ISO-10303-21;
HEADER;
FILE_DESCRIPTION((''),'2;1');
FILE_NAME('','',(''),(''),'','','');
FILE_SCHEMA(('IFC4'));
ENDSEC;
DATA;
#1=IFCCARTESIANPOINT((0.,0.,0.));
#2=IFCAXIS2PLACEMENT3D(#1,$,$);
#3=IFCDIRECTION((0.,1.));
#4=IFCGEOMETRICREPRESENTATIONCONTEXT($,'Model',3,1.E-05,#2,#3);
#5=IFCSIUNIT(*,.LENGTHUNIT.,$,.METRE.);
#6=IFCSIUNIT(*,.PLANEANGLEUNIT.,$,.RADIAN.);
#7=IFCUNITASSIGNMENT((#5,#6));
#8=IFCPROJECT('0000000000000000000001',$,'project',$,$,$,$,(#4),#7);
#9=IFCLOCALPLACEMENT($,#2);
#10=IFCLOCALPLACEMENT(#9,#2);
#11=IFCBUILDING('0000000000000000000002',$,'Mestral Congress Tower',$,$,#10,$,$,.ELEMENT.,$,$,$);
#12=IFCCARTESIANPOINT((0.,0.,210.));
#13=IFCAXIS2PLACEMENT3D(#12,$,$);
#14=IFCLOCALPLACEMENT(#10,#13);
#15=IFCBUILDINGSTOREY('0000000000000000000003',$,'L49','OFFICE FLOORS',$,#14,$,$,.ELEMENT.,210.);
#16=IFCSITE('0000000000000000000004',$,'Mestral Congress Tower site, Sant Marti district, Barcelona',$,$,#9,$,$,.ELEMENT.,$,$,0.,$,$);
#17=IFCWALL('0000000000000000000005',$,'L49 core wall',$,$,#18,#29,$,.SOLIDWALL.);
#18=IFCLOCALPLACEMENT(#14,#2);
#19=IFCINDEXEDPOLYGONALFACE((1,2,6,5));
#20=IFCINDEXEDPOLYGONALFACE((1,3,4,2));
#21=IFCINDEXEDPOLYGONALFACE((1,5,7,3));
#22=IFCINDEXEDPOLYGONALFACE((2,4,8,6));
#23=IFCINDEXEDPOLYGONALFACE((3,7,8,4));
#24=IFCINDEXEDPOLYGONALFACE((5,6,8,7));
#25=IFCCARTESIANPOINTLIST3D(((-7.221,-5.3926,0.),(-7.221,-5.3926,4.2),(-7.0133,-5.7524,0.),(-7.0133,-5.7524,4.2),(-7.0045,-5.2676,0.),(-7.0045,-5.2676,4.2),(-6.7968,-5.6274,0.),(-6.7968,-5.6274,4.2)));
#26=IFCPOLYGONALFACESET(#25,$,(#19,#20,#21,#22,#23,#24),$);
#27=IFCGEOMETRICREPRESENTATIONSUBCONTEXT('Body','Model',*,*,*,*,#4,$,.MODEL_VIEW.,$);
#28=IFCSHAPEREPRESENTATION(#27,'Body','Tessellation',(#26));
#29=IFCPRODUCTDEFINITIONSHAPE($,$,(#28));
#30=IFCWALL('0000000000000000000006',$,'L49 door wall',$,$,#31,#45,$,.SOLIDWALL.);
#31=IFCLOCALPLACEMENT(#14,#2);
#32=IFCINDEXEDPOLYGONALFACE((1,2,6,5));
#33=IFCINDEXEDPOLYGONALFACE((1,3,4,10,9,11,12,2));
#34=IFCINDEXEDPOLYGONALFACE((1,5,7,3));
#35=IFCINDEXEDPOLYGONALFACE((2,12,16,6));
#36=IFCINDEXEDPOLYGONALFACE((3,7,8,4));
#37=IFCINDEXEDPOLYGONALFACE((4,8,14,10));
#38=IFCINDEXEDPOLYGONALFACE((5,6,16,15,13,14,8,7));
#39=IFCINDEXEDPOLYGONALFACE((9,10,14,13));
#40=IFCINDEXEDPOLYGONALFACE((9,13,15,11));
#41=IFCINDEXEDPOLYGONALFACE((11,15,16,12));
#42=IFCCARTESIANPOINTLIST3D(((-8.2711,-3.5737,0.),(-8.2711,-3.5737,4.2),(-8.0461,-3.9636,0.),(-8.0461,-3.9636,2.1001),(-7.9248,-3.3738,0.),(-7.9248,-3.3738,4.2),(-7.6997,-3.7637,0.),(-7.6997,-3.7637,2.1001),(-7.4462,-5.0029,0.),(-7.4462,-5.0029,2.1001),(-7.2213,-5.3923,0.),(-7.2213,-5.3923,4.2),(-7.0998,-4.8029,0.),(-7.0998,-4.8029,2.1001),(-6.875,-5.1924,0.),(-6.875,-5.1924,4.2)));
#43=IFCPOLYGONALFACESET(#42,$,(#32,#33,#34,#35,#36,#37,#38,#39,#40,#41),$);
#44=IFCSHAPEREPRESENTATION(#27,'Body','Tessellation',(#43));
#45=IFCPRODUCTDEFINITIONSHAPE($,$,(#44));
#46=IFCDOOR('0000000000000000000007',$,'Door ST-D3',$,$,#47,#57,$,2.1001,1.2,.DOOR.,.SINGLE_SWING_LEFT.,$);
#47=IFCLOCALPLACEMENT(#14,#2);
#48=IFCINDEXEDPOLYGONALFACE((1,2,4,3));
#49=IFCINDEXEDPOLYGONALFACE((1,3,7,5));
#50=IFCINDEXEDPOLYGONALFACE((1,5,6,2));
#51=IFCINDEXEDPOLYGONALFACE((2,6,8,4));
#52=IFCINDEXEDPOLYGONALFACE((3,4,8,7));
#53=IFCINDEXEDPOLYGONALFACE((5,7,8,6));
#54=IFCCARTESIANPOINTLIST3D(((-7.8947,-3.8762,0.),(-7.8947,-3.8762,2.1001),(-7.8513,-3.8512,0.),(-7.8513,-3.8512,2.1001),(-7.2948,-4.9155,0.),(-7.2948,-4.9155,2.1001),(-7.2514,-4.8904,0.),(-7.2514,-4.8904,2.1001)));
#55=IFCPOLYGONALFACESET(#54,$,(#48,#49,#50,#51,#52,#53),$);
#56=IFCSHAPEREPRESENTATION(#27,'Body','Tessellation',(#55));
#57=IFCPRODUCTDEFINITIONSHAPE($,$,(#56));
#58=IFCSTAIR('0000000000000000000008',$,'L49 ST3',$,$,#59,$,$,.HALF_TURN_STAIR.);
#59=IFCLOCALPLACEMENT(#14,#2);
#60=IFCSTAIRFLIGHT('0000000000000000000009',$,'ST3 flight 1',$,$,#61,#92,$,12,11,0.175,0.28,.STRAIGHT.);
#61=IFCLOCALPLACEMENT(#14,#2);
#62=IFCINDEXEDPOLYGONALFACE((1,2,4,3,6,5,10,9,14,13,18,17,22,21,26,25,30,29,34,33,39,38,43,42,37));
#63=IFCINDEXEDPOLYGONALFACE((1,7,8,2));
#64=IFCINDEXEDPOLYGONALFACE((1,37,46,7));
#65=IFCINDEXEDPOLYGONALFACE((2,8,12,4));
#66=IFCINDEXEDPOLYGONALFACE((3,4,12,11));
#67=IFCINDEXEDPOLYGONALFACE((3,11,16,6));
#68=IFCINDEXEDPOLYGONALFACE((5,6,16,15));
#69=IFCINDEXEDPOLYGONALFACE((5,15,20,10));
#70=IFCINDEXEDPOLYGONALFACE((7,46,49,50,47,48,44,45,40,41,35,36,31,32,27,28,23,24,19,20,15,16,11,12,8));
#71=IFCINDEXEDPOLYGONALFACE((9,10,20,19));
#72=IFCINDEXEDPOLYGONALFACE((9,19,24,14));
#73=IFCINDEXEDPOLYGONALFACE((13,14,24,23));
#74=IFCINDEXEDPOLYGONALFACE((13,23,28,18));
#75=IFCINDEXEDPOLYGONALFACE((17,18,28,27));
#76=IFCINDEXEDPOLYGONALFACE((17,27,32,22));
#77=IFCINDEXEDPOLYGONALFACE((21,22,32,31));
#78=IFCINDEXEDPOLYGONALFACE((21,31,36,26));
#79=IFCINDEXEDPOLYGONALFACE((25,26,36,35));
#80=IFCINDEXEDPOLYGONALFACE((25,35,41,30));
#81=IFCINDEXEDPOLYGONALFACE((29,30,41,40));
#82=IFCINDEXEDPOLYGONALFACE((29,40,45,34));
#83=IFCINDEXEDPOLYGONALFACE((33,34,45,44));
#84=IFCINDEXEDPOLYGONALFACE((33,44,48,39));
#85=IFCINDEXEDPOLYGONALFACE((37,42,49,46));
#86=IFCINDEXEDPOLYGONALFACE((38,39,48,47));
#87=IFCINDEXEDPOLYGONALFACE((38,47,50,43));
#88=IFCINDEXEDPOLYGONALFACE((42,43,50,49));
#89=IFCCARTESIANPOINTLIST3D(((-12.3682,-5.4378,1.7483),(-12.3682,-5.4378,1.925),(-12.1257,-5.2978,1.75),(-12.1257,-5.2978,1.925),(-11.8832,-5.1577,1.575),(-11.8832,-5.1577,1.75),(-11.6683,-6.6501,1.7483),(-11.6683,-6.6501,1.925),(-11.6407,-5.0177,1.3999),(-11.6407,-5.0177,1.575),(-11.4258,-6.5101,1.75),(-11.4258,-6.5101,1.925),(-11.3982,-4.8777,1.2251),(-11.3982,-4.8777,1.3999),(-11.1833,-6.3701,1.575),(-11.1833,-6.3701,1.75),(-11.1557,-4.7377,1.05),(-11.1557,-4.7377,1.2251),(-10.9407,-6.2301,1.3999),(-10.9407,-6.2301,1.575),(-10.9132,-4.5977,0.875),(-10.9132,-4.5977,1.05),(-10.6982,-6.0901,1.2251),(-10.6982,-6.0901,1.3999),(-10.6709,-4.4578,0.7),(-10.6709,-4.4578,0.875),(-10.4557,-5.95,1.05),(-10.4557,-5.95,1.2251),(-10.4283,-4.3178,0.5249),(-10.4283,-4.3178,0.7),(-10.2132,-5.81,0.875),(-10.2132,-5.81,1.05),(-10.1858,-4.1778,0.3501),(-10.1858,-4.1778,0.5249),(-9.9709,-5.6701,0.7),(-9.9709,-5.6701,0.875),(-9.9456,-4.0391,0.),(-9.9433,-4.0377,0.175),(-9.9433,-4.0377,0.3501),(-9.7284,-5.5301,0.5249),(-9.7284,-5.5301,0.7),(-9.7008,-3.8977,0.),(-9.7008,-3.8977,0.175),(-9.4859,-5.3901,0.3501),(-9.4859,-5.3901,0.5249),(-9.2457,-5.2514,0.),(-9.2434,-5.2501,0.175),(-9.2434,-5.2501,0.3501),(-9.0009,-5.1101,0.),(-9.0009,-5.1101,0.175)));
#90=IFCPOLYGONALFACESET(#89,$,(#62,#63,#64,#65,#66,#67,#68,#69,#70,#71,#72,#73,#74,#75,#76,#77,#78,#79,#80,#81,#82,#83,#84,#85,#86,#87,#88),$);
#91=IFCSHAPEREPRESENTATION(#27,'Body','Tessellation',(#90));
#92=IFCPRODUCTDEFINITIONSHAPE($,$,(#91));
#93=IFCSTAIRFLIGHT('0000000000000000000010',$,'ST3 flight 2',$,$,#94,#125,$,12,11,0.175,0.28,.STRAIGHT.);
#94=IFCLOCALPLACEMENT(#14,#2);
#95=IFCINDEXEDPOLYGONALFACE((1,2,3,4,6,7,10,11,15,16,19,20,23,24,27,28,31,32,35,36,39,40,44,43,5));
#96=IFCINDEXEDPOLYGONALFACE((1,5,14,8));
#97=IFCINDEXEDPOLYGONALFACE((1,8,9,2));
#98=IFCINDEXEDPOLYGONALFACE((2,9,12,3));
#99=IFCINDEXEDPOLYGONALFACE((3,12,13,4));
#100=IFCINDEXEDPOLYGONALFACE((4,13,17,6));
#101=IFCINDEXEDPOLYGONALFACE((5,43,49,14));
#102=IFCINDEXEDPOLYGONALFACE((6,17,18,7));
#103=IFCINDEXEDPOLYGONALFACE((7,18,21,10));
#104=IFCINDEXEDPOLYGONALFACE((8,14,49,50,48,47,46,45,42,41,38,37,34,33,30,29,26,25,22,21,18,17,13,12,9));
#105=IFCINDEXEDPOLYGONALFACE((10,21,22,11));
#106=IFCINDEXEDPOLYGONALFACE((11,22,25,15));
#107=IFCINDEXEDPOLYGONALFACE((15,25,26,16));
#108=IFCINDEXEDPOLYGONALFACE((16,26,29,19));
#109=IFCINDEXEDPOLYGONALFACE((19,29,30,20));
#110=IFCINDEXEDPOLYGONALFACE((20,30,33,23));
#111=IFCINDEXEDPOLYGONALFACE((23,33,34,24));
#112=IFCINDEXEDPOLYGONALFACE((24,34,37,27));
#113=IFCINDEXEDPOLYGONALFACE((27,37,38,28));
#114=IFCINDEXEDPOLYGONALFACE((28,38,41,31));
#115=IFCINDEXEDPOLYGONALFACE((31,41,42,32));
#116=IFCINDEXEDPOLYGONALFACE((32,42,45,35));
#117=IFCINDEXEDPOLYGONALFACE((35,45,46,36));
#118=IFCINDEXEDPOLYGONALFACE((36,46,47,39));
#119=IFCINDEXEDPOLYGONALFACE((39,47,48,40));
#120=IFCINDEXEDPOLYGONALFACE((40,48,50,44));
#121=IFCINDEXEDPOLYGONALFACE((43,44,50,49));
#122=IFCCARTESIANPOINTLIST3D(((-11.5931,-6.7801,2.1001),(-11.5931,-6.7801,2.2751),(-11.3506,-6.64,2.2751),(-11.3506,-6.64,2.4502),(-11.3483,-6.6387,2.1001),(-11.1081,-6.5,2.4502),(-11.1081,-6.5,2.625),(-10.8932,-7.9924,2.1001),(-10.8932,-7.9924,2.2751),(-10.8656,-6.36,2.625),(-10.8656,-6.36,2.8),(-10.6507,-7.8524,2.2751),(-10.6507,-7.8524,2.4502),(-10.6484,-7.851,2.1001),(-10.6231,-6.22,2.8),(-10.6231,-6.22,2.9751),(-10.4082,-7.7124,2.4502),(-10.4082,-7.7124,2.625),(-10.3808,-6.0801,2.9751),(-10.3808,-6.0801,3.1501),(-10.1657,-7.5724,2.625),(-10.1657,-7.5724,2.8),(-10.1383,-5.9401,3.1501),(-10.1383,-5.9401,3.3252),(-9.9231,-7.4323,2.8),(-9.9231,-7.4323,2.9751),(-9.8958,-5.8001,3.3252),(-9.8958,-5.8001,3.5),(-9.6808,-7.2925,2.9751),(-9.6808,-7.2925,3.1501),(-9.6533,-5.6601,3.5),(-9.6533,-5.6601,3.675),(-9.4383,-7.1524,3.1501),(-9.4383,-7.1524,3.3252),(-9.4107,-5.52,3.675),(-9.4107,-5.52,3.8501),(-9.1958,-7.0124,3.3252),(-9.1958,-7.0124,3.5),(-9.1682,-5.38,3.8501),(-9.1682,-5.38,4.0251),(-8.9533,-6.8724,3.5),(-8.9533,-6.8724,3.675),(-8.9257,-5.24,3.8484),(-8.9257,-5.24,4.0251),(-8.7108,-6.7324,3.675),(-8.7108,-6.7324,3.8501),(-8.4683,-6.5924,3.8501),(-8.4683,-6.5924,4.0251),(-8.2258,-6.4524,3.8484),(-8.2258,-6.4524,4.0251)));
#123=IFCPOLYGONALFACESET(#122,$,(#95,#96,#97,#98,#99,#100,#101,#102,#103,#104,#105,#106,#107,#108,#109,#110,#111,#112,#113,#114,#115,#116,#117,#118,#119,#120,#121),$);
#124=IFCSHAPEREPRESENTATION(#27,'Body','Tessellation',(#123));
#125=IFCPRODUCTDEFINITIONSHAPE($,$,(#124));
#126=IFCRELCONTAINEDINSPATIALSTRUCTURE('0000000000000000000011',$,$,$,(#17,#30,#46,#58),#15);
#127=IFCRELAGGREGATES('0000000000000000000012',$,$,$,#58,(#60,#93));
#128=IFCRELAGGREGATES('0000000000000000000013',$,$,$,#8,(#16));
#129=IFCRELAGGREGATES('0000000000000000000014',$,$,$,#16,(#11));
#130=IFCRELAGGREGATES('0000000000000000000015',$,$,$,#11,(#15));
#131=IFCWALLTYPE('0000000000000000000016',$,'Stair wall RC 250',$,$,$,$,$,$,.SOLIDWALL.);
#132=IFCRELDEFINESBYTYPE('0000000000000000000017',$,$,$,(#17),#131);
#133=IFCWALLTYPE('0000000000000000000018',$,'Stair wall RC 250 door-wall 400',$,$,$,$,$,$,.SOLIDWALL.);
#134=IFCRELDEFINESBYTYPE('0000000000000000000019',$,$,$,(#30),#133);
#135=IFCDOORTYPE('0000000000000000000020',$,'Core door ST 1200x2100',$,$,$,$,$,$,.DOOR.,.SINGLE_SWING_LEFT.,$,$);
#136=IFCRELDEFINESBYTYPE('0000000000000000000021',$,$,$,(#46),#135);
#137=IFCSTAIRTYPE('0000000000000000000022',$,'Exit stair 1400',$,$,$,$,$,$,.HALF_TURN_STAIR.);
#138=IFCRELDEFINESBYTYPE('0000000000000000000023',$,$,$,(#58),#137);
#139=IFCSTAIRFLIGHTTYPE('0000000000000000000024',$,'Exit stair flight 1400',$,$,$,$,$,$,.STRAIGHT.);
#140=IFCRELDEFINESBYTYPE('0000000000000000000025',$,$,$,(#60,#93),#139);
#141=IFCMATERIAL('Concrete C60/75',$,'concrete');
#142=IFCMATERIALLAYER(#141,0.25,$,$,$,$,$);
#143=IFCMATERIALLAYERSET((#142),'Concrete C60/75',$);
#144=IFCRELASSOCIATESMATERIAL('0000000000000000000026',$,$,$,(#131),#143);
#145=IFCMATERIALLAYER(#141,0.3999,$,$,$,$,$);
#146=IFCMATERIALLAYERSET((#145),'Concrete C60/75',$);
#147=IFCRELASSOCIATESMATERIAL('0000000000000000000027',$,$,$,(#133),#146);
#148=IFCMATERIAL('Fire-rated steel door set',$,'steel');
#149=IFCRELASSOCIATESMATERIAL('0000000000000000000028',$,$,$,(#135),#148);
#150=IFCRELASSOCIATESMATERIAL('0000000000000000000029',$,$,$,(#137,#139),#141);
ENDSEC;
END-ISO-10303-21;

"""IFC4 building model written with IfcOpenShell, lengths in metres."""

from ifc_helpers import new_model, si_unit, direction, frame, frame_2d, origin, place, context, subcontext, project, spatial, polyline, rectangle, outline, extrude, material, layer, layer_set, type_object, element, fill, aggregate, save


model = new_model("IFC4")

# Units and contexts
model_context = context("Model", 3, precision=1e-05, world=origin(), true_north=direction((0.0, 1.0)))
body_context = subcontext(model_context, "Body", "Model", "MODEL_VIEW")
ifc_project = project(units=[si_unit("LENGTHUNIT", "METRE"), si_unit("PLANEANGLEUNIT", "RADIAN")], contexts=[model_context])

# Site, building, storey
site_placement = place(None, origin())
site = spatial("IfcSite", under=ifc_project, at=site_placement, Name="Mestral Congress Tower site, Sant Marti district, Barcelona", CompositionType="ELEMENT", RefElevation=0.0)
building_placement = place(site_placement, origin())
building = spatial("IfcBuilding", under=site, at=building_placement, Name="Mestral Congress Tower", CompositionType="ELEMENT")
storey_placement = place(building_placement, frame((0.0, 0.0, 210.0)))
storey = spatial("IfcBuildingStorey", under=building, at=storey_placement, Name="L49", Description="OFFICE FLOORS", CompositionType="ELEMENT", Elevation=210.0)

# Shared definitions
ifc_material_1 = material(Name="Fire-rated steel door set", Category="steel")

# Shared definitions
ifc_material_2 = material(Name="Concrete C60/75", Category="concrete")

# Wall
ifc_layer_1 = layer(ifc_material_2, 0.25)
ifc_layer_set_1 = layer_set([ifc_layer_1], Name="Concrete C60/75")
wall_type_1 = type_object("IfcWallType", Name="Stair wall RC 250", PredefinedType="SOLIDWALL", material=ifc_layer_set_1)
wall_1_placement = place(storey_placement, frame((-6.905, -5.6899, 0.0), z_axis=(0.0, 0.0, 1.0), x_axis=(-0.499994, 0.866029, 0.0)))
element("IfcWall", 1, at=wall_1_placement, inside=storey, type_object=wall_type_1, Name="L49 core wall", PredefinedType="SOLIDWALL", context=body_context, shape_type="SweptSolid", body=[
    extrude(rectangle(XDim=0.4155, YDim=0.25, at=frame_2d((0.2078, 0.0))), origin(), (0.0, 0.0, 1.0), 4.2),
])

# Wall, opening, door
ifc_layer_2 = layer(ifc_material_2, 0.3999)
ifc_layer_set_2 = layer_set([ifc_layer_2], Name="Concrete C60/75")
wall_type_2 = type_object("IfcWallType", Name="Stair wall RC 250 door-wall 400", PredefinedType="SOLIDWALL", material=ifc_layer_set_2)
wall_2_placement = place(storey_placement, frame((-8.0979, -3.4739, 0.0), z_axis=(0.0, 0.0, 1.0), x_axis=(0.499941, -0.86606, 0.0)))
wall_2 = element("IfcWall", 2, at=wall_2_placement, inside=storey, type_object=wall_type_2, Name="L49 door wall", PredefinedType="SOLIDWALL", context=body_context, shape_type="SweptSolid", body=[
    extrude(rectangle(XDim=2.0999, YDim=0.3999, at=frame_2d((1.0498, 0.0))), origin(), (0.0, 0.0, 1.0), 4.2),
])
opening_1_placement = place(wall_2_placement, frame((0.45, 0.0, 0.0)))
opening_1 = element("IfcOpeningElement", 3, at=opening_1_placement, cuts=wall_2, PredefinedType="OPENING", context=body_context, shape_type="SweptSolid", body=[
    extrude(rectangle(XDim=1.2, YDim=2.1001, at=frame_2d((0.6001, 1.05))), frame((0.0, 0.21, 0.0), z_axis=(0.0, -1.0, 0.0), x_axis=(1.0, 0.0, 0.0)), (0.0, 0.0, 1.0), 0.4199),
])
door_type_1 = type_object("IfcDoorType", Name="Core door ST 1200x2100", OperationType="SINGLE_SWING_LEFT", PredefinedType="DOOR", material=ifc_material_1)
door_1_placement = place(opening_1_placement, origin())
door_1 = element("IfcDoor", 4, at=door_1_placement, inside=storey, type_object=door_type_1, Name="Door ST-D3", OperationType="SINGLE_SWING_LEFT", OverallHeight=2.1001, OverallWidth=1.2, PredefinedType="DOOR", context=body_context, shape_type="SweptSolid", body=[
    extrude(rectangle(XDim=1.2, YDim=2.1001, at=frame_2d((0.6001, 1.05))), frame((0.0, 0.0249, 0.0), z_axis=(0.0, -1.0, 0.0), x_axis=(1.0, 0.0, 0.0)), (0.0, 0.0, 1.0), 0.05),
])
fill(opening_1, door_1)

# Stair, stair flights
stair_type = type_object("IfcStairType", Name="Exit stair 1400", PredefinedType="HALF_TURN_STAIR", material=ifc_material_2)
stair_placement = place(storey_placement, origin())
stair = element("IfcStair", 5, at=stair_placement, inside=storey, type_object=stair_type, Name="L49 ST3", PredefinedType="HALF_TURN_STAIR")
stair_flight_type = type_object("IfcStairFlightType", Name="Exit stair flight 1400", PredefinedType="STRAIGHT", material=ifc_material_2)
stair_flight_1_placement = place(storey_placement, frame((-9.3508, -4.5039, 0.0), z_axis=(0.0, 0.0, 1.0), x_axis=(-0.866025, -0.5, 0.0)))
stair_flight_1 = element("IfcStairFlight", 6, at=stair_flight_1_placement, type_object=stair_flight_type, Name="ST3 flight 1", NumberOfRisers=12, NumberOfTreads=11, PredefinedType="STRAIGHT", RiserHeight=0.175, TreadLength=0.28, context=body_context, shape_type="SweptSolid", body=[
    extrude(outline(polyline([(0.0, 0.0), (0.0, 0.175), (0.28, 0.175), (0.28, 0.3501), (0.5601, 0.3501), (0.5601, 0.5249), (0.8401, 0.5249), (0.8401, 0.7), (1.1201, 0.7), (1.1201, 0.875), (1.3999, 0.875), (1.3999, 1.05), (1.6799, 1.05), (1.6799, 1.2251), (1.96, 1.2251), (1.96, 1.3999), (2.24, 1.3999), (2.24, 1.575), (2.52, 1.575), (2.52, 1.75), (2.8, 1.75), (2.8, 1.925), (3.0801, 1.925), (3.0801, 2.1001), (3.0801, 1.7483), (0.2827, 0.0), (0.0, 0.0)])), frame((0.0, 0.7, 0.0), z_axis=(0.0, -1.0, 0.0), x_axis=(1.0, 0.0, 0.0)), (0.0, 0.0, 1.0), 1.3999),
])
stair_flight_2_placement = place(storey_placement, frame((-11.2432, -7.3862, 2.1001), z_axis=(0.0, 0.0, 1.0), x_axis=(0.866025, 0.5, 0.0)))
stair_flight_2 = element("IfcStairFlight", 7, at=stair_flight_2_placement, type_object=stair_flight_type, Name="ST3 flight 2", NumberOfRisers=12, NumberOfTreads=11, PredefinedType="STRAIGHT", RiserHeight=0.175, TreadLength=0.28, context=body_context, shape_type="SweptSolid", body=[
    extrude(outline(polyline([(0.0, 0.0), (0.0, 0.175), (0.28, 0.175), (0.28, 0.3501), (0.5601, 0.3501), (0.5601, 0.5249), (0.8401, 0.5249), (0.8401, 0.7), (1.1201, 0.7), (1.1201, 0.875), (1.3999, 0.875), (1.3999, 1.05), (1.6799, 1.05), (1.6799, 1.2251), (1.96, 1.2251), (1.96, 1.3999), (2.24, 1.3999), (2.24, 1.575), (2.52, 1.575), (2.52, 1.75), (2.8, 1.75), (2.8, 1.925), (3.0801, 1.925), (3.0801, 2.1001), (3.0801, 1.7483), (0.2827, 0.0), (0.0, 0.0)])), frame((0.0, 0.7, 0.0), z_axis=(0.0, -1.0, 0.0), x_axis=(1.0, 0.0, 0.0)), (0.0, 0.0, 1.0), 1.3999),
])
aggregate(stair, [stair_flight_1, stair_flight_2])

save(model, "model.ifc")
